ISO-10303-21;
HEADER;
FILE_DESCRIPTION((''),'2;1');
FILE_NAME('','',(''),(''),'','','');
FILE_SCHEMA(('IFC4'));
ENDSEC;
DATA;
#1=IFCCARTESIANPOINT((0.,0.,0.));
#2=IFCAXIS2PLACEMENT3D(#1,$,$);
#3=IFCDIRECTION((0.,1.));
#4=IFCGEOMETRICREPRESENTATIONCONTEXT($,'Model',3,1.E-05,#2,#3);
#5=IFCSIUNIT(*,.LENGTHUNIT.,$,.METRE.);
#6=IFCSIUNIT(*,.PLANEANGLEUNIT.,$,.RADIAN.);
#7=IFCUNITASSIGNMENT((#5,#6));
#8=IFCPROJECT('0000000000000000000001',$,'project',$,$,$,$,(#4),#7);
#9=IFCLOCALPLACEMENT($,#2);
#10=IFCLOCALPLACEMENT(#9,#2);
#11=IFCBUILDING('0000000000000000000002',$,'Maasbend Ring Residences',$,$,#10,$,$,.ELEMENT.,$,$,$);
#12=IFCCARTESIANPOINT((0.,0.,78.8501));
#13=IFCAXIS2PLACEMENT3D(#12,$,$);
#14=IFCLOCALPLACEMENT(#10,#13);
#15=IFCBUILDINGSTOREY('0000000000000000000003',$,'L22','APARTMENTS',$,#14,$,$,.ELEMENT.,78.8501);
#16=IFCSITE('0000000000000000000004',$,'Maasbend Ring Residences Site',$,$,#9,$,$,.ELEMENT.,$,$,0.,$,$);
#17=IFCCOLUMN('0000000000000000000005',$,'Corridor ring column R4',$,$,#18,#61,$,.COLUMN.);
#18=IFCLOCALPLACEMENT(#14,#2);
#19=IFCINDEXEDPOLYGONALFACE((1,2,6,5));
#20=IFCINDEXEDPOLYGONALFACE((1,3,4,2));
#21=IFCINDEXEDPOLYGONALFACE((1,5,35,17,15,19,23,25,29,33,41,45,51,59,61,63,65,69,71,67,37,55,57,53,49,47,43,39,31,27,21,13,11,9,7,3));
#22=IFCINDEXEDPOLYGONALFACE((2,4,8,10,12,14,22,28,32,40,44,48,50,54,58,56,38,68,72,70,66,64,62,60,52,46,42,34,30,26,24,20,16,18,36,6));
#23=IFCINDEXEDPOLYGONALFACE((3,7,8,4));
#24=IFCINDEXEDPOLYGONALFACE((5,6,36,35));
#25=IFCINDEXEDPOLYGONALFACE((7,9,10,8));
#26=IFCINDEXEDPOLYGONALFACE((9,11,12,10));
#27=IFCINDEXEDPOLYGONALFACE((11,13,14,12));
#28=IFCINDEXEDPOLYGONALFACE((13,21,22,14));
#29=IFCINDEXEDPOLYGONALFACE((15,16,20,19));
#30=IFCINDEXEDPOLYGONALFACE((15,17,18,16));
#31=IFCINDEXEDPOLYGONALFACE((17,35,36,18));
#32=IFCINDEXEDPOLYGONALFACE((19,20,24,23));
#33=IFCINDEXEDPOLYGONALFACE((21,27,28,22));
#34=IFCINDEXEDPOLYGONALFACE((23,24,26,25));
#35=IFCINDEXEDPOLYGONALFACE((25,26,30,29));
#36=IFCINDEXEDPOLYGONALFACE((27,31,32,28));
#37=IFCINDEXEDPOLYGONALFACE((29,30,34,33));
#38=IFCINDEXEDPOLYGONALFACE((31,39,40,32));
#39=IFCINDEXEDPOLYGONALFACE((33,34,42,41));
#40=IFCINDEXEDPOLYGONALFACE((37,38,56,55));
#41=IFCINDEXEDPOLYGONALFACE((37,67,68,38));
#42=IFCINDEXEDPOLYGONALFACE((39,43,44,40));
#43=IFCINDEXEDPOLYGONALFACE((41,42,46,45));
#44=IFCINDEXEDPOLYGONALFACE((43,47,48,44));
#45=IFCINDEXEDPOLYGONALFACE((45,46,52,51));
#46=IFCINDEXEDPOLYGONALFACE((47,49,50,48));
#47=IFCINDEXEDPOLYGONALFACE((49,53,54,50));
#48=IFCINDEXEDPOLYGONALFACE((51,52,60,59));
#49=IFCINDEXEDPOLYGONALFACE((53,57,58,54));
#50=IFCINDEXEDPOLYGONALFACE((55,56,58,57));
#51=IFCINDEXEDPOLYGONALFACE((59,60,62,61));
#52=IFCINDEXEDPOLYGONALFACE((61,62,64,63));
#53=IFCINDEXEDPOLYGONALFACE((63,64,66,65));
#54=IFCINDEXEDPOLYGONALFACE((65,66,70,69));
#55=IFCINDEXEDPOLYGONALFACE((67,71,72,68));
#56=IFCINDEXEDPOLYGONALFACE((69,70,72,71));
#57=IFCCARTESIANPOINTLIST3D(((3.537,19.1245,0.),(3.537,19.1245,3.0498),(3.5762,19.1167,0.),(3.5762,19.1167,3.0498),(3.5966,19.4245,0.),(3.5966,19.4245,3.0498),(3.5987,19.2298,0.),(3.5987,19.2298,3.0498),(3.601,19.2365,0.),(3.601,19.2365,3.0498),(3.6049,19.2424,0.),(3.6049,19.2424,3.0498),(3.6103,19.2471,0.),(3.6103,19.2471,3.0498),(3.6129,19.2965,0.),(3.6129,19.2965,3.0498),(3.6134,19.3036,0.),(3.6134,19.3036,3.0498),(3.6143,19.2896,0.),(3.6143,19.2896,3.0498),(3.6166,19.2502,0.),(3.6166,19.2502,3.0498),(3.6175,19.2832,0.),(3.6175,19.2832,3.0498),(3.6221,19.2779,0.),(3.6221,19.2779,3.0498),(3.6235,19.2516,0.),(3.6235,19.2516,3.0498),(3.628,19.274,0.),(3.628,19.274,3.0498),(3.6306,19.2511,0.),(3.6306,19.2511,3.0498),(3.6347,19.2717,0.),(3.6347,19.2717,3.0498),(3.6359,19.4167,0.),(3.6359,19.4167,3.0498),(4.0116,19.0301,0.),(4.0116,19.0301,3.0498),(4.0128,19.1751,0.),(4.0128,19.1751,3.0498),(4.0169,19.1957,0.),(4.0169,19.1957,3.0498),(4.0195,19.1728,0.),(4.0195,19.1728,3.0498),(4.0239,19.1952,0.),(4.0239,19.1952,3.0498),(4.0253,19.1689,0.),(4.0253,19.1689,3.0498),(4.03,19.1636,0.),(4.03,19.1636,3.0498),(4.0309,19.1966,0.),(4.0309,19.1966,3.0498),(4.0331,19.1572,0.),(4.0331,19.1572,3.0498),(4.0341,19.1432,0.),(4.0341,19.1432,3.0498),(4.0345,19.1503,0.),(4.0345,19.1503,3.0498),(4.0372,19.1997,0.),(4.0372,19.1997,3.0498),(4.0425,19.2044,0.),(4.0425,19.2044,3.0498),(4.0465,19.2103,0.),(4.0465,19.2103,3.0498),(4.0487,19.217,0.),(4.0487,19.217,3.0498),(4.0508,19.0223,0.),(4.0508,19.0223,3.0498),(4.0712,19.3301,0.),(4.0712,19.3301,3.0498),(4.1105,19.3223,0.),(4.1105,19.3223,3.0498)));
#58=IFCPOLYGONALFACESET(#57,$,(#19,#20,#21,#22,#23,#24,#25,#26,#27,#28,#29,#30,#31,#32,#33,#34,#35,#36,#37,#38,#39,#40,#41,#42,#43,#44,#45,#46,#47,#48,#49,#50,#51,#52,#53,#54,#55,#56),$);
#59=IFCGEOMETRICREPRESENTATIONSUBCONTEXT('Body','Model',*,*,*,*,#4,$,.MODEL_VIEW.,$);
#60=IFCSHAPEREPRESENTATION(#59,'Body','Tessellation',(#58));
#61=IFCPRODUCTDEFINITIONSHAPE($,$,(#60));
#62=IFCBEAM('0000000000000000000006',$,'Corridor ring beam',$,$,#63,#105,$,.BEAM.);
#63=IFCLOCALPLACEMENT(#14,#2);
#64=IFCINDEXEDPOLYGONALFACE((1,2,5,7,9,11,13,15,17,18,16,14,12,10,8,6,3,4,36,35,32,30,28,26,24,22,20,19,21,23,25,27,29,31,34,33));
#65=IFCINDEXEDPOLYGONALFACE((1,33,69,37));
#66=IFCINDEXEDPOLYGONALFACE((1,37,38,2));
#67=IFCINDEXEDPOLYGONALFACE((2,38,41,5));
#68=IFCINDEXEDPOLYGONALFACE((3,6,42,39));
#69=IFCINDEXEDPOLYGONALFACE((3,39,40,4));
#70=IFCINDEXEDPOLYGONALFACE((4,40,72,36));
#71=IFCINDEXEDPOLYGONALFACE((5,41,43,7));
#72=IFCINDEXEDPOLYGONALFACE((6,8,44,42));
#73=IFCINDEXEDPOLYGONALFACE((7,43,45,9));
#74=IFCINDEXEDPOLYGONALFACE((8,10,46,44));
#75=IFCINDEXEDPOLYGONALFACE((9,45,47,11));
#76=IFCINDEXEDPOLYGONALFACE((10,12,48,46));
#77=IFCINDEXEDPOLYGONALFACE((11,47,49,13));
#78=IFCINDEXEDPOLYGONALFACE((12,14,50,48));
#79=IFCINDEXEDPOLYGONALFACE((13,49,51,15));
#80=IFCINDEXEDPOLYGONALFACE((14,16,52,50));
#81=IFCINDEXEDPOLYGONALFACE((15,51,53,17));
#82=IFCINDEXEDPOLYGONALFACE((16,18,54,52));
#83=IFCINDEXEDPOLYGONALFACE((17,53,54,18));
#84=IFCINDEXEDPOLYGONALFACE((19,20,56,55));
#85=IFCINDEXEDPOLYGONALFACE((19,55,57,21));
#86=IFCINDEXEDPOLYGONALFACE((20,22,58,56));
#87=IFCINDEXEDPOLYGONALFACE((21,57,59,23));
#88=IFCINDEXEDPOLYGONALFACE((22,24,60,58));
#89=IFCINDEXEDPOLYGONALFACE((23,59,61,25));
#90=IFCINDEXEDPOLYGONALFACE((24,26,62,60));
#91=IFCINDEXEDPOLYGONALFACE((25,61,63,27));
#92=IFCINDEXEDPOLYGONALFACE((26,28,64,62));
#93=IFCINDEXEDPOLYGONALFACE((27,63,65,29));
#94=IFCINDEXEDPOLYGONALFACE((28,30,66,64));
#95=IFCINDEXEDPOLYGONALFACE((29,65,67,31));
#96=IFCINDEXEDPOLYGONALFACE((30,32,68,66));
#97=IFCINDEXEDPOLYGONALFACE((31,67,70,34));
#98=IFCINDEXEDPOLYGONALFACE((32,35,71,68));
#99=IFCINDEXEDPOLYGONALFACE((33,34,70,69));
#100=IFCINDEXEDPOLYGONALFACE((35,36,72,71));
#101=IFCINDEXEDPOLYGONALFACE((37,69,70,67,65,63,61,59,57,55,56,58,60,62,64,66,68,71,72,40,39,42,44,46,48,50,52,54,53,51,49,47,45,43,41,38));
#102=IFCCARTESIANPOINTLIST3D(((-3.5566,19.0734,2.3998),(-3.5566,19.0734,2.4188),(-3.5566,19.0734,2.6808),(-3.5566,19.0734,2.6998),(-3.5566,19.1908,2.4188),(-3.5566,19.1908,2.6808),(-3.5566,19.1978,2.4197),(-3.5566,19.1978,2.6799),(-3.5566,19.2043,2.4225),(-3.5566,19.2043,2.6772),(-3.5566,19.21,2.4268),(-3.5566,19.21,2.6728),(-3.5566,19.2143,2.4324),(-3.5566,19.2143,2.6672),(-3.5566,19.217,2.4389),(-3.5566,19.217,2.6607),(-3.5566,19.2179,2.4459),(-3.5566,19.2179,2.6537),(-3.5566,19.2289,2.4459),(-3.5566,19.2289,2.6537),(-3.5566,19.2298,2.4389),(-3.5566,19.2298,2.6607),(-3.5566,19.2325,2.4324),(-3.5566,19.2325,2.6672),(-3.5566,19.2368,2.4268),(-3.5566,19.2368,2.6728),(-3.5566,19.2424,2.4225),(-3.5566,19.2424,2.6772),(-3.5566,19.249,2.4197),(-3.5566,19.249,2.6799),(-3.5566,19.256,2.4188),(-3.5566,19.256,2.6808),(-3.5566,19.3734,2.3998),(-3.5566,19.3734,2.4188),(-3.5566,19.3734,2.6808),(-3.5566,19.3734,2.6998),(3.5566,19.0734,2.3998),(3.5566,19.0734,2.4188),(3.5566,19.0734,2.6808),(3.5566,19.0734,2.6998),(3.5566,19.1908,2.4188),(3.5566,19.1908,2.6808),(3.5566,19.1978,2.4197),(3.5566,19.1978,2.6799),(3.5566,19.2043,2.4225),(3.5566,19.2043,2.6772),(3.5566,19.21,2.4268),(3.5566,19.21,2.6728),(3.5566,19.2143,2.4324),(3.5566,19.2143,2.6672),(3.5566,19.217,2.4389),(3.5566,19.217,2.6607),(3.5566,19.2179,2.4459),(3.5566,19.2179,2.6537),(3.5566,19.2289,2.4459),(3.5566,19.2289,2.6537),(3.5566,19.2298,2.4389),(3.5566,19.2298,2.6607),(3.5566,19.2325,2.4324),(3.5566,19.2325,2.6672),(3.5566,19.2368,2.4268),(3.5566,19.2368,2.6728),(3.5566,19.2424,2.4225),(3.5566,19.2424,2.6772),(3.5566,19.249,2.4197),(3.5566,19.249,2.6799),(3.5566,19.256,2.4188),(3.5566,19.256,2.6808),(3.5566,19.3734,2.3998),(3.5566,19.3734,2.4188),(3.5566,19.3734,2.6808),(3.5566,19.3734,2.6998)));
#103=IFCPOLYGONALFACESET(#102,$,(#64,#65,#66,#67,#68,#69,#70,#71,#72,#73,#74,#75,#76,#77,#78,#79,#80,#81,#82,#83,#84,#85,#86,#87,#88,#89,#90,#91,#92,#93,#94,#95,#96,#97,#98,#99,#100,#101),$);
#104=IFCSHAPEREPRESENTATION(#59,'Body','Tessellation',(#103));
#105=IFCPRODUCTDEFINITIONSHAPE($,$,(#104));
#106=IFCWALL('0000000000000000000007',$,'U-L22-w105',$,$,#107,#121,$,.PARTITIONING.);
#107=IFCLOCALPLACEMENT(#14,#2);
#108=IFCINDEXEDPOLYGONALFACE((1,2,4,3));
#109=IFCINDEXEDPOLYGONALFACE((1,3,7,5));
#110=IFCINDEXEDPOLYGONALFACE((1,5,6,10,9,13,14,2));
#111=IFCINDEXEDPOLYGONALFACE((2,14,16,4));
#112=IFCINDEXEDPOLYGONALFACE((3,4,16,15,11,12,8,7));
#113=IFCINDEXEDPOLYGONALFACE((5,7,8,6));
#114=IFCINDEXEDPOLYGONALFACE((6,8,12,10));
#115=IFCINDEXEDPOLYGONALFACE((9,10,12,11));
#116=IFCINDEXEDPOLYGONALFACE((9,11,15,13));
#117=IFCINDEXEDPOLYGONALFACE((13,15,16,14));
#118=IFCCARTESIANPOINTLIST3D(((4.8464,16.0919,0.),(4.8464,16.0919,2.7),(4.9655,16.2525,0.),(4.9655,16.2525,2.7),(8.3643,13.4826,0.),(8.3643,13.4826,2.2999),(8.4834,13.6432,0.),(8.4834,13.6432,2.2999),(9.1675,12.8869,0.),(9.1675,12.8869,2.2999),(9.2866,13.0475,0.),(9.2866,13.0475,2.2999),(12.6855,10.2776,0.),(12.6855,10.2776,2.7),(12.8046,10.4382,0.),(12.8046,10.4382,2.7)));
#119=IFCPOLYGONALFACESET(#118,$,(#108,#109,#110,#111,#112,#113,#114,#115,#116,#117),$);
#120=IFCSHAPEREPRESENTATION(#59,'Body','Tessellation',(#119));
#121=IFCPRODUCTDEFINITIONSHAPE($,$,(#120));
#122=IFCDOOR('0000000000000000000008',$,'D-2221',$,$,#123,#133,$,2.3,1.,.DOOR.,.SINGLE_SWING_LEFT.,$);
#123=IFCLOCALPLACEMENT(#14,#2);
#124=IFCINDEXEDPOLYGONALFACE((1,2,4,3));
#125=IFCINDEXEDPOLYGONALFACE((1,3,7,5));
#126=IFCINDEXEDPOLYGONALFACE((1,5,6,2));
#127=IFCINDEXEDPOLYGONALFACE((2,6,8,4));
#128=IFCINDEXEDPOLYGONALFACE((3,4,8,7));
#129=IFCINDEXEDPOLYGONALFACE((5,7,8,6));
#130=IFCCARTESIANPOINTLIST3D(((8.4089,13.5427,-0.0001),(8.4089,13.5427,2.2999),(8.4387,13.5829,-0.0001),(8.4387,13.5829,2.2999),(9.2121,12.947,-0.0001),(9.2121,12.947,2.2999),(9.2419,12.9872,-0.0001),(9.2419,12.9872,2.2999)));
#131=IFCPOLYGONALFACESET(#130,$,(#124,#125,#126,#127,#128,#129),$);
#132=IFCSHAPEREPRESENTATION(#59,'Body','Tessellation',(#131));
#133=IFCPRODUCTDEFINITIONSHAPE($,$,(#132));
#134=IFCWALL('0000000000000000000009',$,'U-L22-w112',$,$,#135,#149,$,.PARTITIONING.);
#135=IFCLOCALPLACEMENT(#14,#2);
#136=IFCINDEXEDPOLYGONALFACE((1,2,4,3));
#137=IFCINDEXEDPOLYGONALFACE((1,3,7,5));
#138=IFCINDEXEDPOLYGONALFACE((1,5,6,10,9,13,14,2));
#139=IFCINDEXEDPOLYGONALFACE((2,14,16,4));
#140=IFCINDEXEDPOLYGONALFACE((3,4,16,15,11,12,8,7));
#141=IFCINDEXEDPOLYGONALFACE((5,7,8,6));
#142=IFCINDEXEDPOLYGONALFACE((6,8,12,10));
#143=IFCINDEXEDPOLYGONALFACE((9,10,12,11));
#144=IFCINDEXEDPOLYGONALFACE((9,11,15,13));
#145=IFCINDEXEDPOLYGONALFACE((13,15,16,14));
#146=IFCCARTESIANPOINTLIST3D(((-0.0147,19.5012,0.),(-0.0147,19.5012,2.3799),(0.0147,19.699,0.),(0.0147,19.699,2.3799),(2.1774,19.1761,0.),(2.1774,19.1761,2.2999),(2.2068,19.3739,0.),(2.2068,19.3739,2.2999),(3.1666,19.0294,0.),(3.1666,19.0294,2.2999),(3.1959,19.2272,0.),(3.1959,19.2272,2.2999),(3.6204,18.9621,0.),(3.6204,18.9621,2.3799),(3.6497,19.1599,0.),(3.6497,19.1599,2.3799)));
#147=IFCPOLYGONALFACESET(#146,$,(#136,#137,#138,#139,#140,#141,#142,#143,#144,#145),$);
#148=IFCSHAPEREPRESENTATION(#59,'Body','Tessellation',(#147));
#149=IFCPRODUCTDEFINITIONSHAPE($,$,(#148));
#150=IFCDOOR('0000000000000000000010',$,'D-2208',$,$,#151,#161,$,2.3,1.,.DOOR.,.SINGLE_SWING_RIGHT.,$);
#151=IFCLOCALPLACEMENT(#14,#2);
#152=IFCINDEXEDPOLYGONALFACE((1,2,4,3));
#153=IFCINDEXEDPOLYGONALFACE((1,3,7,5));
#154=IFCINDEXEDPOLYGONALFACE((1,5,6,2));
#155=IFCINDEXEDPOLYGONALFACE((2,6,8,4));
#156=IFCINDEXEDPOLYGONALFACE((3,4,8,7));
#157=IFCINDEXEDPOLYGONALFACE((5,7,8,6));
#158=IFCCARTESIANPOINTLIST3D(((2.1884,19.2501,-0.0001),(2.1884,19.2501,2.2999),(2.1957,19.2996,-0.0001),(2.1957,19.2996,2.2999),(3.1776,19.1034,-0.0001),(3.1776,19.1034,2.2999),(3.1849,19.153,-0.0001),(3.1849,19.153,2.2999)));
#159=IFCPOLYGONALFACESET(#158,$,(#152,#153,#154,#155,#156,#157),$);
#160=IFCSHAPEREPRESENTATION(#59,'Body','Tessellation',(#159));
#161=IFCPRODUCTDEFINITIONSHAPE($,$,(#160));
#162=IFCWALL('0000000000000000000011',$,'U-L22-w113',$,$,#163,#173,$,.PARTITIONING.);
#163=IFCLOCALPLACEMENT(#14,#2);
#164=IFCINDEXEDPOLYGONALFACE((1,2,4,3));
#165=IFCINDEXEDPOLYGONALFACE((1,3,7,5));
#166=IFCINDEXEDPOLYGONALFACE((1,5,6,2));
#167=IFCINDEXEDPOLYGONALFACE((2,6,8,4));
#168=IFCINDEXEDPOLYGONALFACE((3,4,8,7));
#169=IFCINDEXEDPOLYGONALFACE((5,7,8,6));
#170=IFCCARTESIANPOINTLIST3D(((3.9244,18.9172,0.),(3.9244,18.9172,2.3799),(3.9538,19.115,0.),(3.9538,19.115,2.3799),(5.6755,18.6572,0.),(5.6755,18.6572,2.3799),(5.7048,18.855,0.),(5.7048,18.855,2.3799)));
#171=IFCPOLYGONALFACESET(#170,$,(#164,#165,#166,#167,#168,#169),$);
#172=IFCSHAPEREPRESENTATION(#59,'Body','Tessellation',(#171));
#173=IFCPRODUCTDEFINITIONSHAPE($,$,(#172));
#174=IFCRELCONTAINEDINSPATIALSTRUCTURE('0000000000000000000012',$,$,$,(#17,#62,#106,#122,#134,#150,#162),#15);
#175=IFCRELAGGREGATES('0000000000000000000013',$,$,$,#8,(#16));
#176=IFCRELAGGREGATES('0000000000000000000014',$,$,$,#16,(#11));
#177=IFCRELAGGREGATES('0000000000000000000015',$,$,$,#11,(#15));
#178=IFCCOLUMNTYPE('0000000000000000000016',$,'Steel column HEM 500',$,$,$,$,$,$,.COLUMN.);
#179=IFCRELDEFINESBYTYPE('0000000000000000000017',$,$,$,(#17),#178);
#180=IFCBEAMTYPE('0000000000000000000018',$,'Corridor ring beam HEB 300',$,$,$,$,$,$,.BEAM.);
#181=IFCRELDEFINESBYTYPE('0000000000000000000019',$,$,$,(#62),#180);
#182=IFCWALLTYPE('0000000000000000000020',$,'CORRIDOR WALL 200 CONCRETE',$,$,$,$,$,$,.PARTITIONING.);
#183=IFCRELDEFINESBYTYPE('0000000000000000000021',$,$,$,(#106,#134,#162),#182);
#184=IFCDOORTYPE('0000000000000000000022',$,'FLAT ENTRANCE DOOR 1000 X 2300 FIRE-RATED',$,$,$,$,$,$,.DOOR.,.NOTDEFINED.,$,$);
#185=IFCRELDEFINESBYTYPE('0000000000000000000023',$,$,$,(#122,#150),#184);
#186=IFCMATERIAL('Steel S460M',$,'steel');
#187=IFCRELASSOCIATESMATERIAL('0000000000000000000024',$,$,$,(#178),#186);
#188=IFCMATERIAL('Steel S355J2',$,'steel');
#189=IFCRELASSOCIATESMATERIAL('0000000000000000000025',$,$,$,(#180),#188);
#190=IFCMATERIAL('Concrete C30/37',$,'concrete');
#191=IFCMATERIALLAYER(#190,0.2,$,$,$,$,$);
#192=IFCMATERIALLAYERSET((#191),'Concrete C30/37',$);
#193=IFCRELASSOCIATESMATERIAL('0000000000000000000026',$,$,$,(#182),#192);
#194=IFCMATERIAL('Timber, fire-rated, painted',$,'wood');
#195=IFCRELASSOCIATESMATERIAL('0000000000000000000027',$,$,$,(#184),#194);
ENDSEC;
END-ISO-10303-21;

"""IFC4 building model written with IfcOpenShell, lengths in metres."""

from ifc_helpers import new_model, si_unit, direction, frame, frame_2d, origin, origin_2d, place, context, subcontext, project, spatial, rectangle, i_section, extrude, material, layer, layer_set, material_profile, profile_set, type_object, element, fill, save


model = new_model("IFC4")

# Units and contexts
model_context = context("Model", 3, precision=1e-05, world=origin(), true_north=direction((0.0, 1.0)))
body_context = subcontext(model_context, "Body", "Model", "MODEL_VIEW")
ifc_project = project(units=[si_unit("LENGTHUNIT", "METRE"), si_unit("PLANEANGLEUNIT", "RADIAN")], contexts=[model_context])

# Site, building, storey
site_placement = place(None, origin())
site = spatial("IfcSite", under=ifc_project, at=site_placement, Name="Maasbend Ring Residences Site", CompositionType="ELEMENT", RefElevation=0.0)
building_placement = place(site_placement, origin())
building = spatial("IfcBuilding", under=site, at=building_placement, Name="Maasbend Ring Residences", CompositionType="ELEMENT")
storey_placement = place(building_placement, frame((0.0, 0.0, 78.8501)))
storey = spatial("IfcBuildingStorey", under=building, at=storey_placement, Name="L22", Description="APARTMENTS", CompositionType="ELEMENT", Elevation=78.8501)

# Column
ifc_material_1 = material(Name="Steel S460M", Category="steel")
ifc_material_profile_1 = material_profile(ifc_material_1, i_section(OverallWidth=0.3059, OverallDepth=0.5239, WebThickness=0.021, FlangeThickness=0.04, FilletRadius=0.0271, at=origin_2d()), Name="HEM 500")
ifc_profile_set_1 = profile_set([ifc_material_profile_1], Name="Steel S460M")
column_type = type_object("IfcColumnType", Name="Steel column HEM 500", PredefinedType="COLUMN", material=ifc_profile_set_1)
column_placement = place(storey_placement, frame((3.8237, 19.2234, 0.0), z_axis=(0.0, 0.0, 1.0), x_axis=(0.19509, 0.980785, 0.0)))
element("IfcColumn", 1, at=column_placement, inside=storey, type_object=column_type, Name="Corridor ring column R4", PredefinedType="COLUMN", context=body_context, shape_type="SweptSolid", body=[
    extrude(i_section(OverallWidth=0.3059, OverallDepth=0.5239, WebThickness=0.021, FlangeThickness=0.04, FilletRadius=0.0271, at=origin_2d()), origin(), (0.0, 0.0, 1.0), 3.0498),
])

# Beam
ifc_material_2 = material(Name="Steel S355J2", Category="steel")
ifc_material_profile_2 = material_profile(ifc_material_2, i_section(OverallWidth=0.3, OverallDepth=0.3, WebThickness=0.011, FlangeThickness=0.019, FilletRadius=0.0271, at=origin_2d()), Name="HEB 300")
ifc_profile_set_2 = profile_set([ifc_material_profile_2], Name="Steel S355J2")
beam_type = type_object("IfcBeamType", Name="Corridor ring beam HEB 300", PredefinedType="BEAM", material=ifc_profile_set_2)
beam_placement = place(storey_placement, frame((3.5566, 19.2234, 2.5498), z_axis=(-1.0, 0.0, 0.0), x_axis=(0.0, -1.0, 0.0)))
element("IfcBeam", 2, at=beam_placement, inside=storey, type_object=beam_type, Name="Corridor ring beam", PredefinedType="BEAM", context=body_context, shape_type="SweptSolid", body=[
    extrude(i_section(OverallWidth=0.3, OverallDepth=0.3, WebThickness=0.011, FlangeThickness=0.019, FilletRadius=0.0271, at=origin_2d()), origin(), (0.0, 0.0, 1.0), 7.1133),
])

# Walls, openings, doors
ifc_material_3 = material(Name="Concrete C30/37", Category="concrete")
ifc_layer_1 = layer(ifc_material_3, 0.2)
ifc_layer_set_1 = layer_set([ifc_layer_1], Name="Concrete C30/37")
wall_type_1 = type_object("IfcWallType", Name="CORRIDOR WALL 200 CONCRETE", PredefinedType="PARTITIONING", material=ifc_layer_set_1)
wall_1_placement = place(storey_placement, frame((4.906, 16.1721, 0.0), z_axis=(0.0, 0.0, 1.0), x_axis=(0.803191, -0.595721, 0.0)))
wall_1 = element("IfcWall", 3, at=wall_1_placement, inside=storey, type_object=wall_type_1, Name="U-L22-w105", PredefinedType="PARTITIONING", context=body_context, shape_type="SweptSolid", body=[
    extrude(rectangle(XDim=9.76, YDim=0.2, at=frame_2d((4.8799, 0.0))), origin(), (0.0, 0.0, 1.0), 2.7),
])
opening_1_placement = place(wall_1_placement, frame((4.3799, 0.0, 0.0)))
opening_1 = element("IfcOpeningElement", 4, at=opening_1_placement, cuts=wall_1, PredefinedType="OPENING", context=body_context, shape_type="SweptSolid", body=[
    extrude(rectangle(XDim=1.0, YDim=2.3, at=frame_2d((0.5, 1.1499))), frame((0.0, 0.1099, 0.0), z_axis=(0.0, -1.0, 0.0), x_axis=(1.0, 0.0, 0.0)), (0.0, 0.0, 1.0), 0.22),
])
ifc_material_4 = material(Name="Timber, fire-rated, painted", Category="wood")
door_type_1 = type_object("IfcDoorType", Name="FLAT ENTRANCE DOOR 1000 X 2300 FIRE-RATED", OperationType="NOTDEFINED", PredefinedType="DOOR", material=ifc_material_4)
door_1_placement = place(opening_1_placement, origin())
door_1 = element("IfcDoor", 5, at=door_1_placement, inside=storey, type_object=door_type_1, Name="D-2221", OperationType="SINGLE_SWING_LEFT", OverallHeight=2.3, OverallWidth=1.0, PredefinedType="DOOR", context=body_context, shape_type="SweptSolid", body=[
    extrude(rectangle(XDim=1.0, YDim=2.3, at=frame_2d((0.5, 1.1499))), frame((0.0, 0.0249, 0.0), z_axis=(0.0, -1.0, 0.0), x_axis=(1.0, 0.0, 0.0)), (0.0, 0.0, 1.0), 0.05),
])
fill(opening_1, door_1)
wall_2_placement = place(storey_placement, frame((0.0, 19.6001, 0.0), z_axis=(0.0, 0.0, 1.0), x_axis=(0.989182, -0.146693, 0.0)))
wall_2 = element("IfcWall", 6, at=wall_2_placement, inside=storey, type_object=wall_type_1, Name="U-L22-w112", PredefinedType="PARTITIONING", context=body_context, shape_type="SweptSolid", body=[
    extrude(rectangle(XDim=3.6748, YDim=0.2, at=frame_2d((1.8374, 0.0))), origin(), (0.0, 0.0, 1.0), 2.3799),
])
opening_2_placement = place(wall_2_placement, frame((2.2161, 0.0, 0.0)))
opening_2 = element("IfcOpeningElement", 7, at=opening_2_placement, cuts=wall_2, PredefinedType="OPENING", context=body_context, shape_type="SweptSolid", body=[
    extrude(rectangle(XDim=1.0, YDim=2.3, at=frame_2d((0.5, 1.1499))), frame((0.0, 0.1099, 0.0), z_axis=(0.0, -1.0, 0.0), x_axis=(1.0, 0.0, 0.0)), (0.0, 0.0, 1.0), 0.22),
])
door_2_placement = place(opening_2_placement, origin())
door_2 = element("IfcDoor", 8, at=door_2_placement, inside=storey, type_object=door_type_1, Name="D-2208", OperationType="SINGLE_SWING_RIGHT", OverallHeight=2.3, OverallWidth=1.0, PredefinedType="DOOR", context=body_context, shape_type="SweptSolid", body=[
    extrude(rectangle(XDim=1.0, YDim=2.3, at=frame_2d((0.5, 1.1499))), frame((0.0, 0.0249, 0.0), z_axis=(0.0, -1.0, 0.0), x_axis=(1.0, 0.0, 0.0)), (0.0, 0.0, 1.0), 0.05),
])
fill(opening_2, door_2)

# Wall
wall_3_placement = place(storey_placement, frame((3.939, 19.0161, 0.0), z_axis=(0.0, 0.0, 1.0), x_axis=(0.989154, -0.146884, 0.0)))
element("IfcWall", 9, at=wall_3_placement, inside=storey, type_object=wall_type_1, Name="U-L22-w113", PredefinedType="PARTITIONING", context=body_context, shape_type="SweptSolid", body=[
    extrude(rectangle(XDim=1.7703, YDim=0.2, at=frame_2d((0.8853, 0.0))), origin(), (0.0, 0.0, 1.0), 2.3799),
])

save(model, "model.ifc")
